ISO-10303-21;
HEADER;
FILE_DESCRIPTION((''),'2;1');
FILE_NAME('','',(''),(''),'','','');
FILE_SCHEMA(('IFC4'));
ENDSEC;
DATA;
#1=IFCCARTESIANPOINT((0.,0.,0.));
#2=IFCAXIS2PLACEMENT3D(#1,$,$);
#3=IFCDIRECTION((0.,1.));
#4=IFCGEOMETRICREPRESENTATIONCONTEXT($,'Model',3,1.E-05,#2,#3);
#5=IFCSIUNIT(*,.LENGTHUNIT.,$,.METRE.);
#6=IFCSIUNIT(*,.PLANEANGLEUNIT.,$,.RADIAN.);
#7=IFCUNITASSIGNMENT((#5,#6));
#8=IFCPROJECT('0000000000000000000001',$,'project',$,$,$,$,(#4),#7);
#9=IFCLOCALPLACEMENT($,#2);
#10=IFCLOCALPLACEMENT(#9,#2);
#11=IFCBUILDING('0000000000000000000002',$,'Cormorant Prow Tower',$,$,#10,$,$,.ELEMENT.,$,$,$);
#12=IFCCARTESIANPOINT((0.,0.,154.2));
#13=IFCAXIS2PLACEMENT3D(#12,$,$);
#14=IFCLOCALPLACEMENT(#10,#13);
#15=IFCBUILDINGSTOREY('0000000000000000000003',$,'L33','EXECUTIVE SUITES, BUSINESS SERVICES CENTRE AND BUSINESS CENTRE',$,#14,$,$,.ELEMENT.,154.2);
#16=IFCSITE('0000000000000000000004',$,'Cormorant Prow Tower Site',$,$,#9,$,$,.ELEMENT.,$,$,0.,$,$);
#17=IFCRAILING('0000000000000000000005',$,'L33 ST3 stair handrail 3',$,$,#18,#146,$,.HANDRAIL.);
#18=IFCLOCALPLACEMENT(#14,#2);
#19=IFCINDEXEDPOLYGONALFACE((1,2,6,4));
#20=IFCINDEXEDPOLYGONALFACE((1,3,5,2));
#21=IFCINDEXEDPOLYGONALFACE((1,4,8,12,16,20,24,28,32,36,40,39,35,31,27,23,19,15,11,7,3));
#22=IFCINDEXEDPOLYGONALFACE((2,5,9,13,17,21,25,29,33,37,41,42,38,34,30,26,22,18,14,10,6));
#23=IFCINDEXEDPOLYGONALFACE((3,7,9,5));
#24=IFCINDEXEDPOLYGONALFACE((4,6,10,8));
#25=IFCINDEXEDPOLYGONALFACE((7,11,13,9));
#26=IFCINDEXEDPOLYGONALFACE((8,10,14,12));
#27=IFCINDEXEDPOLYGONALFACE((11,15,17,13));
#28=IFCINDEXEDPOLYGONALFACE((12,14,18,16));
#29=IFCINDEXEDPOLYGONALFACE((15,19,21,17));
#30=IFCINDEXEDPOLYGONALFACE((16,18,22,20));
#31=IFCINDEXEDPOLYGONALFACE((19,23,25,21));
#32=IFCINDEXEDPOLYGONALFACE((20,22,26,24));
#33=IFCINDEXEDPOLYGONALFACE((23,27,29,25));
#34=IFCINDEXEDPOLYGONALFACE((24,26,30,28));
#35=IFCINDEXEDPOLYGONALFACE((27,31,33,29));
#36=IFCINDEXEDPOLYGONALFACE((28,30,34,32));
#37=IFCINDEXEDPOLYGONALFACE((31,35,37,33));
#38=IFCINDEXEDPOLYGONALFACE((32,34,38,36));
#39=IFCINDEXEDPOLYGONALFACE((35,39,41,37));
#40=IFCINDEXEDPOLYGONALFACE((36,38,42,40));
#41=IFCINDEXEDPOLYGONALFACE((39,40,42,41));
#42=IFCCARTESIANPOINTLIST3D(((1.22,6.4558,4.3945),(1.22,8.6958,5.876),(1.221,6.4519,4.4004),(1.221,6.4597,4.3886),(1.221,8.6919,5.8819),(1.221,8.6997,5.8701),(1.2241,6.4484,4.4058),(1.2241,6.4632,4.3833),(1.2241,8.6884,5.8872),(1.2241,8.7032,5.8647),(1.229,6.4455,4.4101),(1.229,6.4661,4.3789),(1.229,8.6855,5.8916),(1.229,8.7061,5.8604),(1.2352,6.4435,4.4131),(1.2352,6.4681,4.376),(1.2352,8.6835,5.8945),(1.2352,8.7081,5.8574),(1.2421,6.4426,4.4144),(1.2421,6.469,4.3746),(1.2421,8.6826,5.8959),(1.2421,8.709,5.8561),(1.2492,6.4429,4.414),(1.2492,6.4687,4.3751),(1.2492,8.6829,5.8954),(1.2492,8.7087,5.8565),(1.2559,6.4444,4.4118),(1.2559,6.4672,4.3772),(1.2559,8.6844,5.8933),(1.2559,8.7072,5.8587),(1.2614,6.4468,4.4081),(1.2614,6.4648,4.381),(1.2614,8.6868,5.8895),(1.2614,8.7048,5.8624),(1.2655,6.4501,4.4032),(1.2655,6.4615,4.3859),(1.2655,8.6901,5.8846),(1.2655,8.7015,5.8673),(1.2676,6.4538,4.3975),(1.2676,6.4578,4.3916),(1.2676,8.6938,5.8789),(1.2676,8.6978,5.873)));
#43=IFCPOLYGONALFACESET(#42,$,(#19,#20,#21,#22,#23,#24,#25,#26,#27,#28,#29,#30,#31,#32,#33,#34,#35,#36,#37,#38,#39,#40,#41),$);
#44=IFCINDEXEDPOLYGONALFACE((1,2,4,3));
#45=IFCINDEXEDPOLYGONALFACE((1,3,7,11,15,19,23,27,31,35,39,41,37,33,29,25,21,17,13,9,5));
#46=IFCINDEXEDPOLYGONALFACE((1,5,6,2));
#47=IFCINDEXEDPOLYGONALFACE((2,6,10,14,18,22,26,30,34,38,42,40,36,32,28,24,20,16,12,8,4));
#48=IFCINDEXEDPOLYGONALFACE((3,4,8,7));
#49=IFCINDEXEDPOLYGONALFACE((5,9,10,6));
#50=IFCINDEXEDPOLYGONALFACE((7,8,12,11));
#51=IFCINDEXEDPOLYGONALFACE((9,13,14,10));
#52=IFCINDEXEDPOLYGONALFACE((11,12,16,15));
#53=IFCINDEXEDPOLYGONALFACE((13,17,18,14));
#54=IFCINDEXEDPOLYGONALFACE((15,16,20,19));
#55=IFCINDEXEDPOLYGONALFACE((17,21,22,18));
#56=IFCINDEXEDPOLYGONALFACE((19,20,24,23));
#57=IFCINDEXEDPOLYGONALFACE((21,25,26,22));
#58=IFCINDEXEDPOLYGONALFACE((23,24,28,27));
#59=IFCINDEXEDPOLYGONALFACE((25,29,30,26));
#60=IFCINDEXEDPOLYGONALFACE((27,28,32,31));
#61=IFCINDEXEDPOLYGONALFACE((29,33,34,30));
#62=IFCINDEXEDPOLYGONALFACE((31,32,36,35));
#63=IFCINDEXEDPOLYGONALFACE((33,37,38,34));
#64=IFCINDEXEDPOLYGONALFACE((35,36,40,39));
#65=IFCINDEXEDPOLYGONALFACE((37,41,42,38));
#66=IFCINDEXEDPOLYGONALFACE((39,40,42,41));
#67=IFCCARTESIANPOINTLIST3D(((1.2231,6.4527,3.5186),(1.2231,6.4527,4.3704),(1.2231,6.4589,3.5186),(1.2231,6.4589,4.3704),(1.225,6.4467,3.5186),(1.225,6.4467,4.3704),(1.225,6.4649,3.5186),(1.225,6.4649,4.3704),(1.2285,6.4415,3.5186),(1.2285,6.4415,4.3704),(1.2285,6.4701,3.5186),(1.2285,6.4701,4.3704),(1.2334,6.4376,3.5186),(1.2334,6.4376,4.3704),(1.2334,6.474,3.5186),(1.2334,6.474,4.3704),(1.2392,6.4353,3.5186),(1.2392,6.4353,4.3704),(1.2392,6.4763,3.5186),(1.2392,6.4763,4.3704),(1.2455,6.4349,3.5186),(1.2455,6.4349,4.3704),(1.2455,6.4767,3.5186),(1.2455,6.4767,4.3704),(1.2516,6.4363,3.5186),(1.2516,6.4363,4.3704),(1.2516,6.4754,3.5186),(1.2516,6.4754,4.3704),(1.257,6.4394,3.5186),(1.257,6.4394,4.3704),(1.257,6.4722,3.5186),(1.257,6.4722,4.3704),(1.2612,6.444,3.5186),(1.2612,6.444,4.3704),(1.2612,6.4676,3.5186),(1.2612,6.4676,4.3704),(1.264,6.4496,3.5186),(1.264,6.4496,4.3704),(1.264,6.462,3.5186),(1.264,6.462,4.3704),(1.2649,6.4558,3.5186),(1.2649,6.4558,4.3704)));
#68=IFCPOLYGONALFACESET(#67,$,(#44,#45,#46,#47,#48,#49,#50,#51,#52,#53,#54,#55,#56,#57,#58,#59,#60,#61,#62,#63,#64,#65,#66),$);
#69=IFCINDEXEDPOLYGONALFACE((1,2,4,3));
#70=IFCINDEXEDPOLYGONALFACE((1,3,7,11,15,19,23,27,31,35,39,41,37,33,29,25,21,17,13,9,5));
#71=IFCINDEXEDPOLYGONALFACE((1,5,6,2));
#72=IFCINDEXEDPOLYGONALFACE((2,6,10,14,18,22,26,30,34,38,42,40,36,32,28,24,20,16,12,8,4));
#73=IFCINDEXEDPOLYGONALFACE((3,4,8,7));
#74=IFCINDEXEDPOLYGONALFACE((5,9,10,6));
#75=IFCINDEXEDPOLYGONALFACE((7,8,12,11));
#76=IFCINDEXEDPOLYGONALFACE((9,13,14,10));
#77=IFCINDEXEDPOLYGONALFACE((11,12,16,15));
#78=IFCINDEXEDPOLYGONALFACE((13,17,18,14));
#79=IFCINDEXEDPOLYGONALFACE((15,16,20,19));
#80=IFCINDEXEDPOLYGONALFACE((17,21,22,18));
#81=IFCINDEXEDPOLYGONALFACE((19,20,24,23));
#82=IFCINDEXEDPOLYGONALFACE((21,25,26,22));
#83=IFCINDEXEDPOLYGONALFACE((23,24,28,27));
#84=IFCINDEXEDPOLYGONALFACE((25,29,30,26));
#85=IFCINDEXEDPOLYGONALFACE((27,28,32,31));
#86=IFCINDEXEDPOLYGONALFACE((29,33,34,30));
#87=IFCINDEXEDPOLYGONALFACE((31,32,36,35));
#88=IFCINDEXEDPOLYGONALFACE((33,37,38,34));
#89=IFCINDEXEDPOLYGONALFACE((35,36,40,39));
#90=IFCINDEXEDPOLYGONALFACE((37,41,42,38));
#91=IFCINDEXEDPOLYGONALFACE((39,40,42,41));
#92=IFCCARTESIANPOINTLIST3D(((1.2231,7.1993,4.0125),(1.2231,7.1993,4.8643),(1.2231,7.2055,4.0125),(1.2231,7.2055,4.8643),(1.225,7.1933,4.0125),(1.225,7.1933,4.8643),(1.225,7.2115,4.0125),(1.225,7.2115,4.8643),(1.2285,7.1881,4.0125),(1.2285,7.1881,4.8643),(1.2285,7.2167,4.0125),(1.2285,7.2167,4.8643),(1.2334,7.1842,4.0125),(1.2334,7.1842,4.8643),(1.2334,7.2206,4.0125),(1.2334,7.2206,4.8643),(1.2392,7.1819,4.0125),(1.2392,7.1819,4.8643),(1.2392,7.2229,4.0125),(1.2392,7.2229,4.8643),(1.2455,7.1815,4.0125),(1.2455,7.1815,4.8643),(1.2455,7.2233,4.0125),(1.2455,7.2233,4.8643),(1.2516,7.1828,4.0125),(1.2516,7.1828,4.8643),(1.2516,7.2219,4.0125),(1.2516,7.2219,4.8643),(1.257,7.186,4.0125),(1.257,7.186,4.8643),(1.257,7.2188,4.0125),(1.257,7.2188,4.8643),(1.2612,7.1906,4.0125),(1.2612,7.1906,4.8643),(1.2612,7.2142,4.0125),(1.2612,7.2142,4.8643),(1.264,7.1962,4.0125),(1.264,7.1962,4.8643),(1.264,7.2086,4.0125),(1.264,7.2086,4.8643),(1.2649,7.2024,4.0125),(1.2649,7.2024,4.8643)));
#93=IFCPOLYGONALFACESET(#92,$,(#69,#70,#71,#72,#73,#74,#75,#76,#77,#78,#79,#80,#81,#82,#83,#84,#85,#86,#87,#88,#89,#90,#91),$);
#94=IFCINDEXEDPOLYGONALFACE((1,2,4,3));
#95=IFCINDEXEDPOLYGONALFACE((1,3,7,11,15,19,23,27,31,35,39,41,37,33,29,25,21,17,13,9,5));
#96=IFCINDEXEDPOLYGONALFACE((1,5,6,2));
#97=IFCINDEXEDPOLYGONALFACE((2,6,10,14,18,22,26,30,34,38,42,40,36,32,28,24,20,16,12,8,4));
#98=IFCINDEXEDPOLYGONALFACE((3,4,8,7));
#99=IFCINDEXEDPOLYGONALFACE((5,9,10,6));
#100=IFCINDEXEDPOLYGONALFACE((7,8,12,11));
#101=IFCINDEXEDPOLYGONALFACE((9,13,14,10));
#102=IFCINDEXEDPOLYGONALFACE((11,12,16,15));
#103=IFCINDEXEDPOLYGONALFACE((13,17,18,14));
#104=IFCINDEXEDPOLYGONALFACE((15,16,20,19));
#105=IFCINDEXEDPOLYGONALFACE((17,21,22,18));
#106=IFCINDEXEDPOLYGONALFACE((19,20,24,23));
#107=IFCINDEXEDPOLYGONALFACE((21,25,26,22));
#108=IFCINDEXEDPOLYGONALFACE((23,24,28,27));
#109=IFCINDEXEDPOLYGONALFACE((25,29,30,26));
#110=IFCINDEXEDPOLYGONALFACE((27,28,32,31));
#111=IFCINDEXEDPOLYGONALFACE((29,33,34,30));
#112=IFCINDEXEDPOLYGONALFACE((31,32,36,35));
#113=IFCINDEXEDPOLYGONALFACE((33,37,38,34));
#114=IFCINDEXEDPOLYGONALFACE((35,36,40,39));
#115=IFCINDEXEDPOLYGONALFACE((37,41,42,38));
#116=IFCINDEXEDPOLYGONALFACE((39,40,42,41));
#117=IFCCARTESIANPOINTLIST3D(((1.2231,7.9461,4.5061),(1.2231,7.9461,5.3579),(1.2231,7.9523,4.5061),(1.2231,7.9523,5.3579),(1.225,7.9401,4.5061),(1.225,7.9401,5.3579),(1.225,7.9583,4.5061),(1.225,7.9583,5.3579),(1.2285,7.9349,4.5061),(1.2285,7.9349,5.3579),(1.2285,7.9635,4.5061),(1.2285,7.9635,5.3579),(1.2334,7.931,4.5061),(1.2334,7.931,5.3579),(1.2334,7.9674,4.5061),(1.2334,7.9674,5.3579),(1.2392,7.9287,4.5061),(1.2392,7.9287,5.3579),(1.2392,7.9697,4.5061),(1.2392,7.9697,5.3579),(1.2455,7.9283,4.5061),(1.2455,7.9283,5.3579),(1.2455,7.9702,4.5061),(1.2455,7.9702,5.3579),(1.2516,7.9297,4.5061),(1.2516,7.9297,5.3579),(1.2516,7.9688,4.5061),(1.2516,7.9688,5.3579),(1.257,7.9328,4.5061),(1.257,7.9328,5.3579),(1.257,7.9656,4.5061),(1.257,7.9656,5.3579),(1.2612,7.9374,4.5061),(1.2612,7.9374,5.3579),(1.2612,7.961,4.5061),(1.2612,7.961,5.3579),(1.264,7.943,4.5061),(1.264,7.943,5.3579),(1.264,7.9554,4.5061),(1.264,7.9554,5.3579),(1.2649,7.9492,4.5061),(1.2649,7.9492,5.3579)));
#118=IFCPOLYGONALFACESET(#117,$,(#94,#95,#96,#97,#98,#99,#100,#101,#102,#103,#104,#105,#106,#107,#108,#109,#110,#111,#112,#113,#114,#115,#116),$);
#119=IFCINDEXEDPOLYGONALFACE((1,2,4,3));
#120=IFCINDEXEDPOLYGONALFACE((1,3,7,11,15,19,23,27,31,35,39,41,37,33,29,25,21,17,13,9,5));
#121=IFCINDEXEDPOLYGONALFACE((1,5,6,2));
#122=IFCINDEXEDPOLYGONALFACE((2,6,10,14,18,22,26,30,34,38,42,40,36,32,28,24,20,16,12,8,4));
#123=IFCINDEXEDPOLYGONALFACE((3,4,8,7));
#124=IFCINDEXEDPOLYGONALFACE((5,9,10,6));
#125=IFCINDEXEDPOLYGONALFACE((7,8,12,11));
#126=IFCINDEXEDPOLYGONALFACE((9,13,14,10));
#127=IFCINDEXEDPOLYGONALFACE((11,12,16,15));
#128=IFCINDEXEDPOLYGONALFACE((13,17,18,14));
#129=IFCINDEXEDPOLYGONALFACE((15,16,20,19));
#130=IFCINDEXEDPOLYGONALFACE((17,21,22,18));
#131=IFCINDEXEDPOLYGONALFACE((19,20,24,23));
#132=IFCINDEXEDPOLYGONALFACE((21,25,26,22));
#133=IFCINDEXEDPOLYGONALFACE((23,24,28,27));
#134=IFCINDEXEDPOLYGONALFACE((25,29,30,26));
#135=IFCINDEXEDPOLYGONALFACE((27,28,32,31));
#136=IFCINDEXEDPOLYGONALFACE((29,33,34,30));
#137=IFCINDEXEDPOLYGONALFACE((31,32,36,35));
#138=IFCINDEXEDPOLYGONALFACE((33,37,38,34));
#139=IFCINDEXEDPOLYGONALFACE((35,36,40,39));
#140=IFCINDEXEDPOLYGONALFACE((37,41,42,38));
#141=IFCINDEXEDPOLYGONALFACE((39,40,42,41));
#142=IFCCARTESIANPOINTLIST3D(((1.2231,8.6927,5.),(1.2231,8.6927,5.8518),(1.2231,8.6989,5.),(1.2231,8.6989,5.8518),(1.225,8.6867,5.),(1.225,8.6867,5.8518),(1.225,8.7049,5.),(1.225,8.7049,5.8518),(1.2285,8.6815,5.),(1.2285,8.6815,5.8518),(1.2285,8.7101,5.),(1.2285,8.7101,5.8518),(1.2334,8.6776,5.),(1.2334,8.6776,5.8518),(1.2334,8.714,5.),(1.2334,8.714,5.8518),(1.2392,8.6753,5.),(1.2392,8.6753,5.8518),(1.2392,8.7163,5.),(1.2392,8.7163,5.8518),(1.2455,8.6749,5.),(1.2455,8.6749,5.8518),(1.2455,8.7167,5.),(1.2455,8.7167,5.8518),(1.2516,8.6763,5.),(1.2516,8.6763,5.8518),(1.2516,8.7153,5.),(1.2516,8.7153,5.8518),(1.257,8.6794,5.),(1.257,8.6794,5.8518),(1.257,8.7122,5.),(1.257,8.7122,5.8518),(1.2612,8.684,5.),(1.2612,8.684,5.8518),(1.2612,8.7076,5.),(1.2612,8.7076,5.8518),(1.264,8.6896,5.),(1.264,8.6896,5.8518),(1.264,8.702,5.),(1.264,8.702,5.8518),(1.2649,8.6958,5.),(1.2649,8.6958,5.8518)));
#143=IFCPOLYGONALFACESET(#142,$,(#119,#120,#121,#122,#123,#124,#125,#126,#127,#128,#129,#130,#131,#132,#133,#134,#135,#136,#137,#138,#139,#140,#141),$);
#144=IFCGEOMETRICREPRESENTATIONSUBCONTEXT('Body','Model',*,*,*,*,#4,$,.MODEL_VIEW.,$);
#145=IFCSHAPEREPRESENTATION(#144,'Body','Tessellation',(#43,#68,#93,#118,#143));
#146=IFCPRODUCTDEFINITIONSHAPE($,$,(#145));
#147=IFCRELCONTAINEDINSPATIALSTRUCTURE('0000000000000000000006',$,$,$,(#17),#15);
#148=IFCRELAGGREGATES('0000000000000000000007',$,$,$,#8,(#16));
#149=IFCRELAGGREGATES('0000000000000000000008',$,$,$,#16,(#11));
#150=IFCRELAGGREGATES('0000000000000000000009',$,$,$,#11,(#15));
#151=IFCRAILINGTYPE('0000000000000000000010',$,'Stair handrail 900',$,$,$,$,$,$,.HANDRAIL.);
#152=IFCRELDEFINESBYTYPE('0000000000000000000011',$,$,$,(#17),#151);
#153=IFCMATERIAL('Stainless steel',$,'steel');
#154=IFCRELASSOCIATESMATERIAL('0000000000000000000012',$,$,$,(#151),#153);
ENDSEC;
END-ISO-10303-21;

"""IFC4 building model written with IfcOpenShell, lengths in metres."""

from ifc_helpers import new_model, si_unit, direction, frame, origin, origin_2d, place, context, subcontext, project, spatial, circle, extrude, material, type_object, element, save


model = new_model("IFC4")

# Units and contexts
model_context = context("Model", 3, precision=1e-05, world=origin(), true_north=direction((0.0, 1.0)))
body_context = subcontext(model_context, "Body", "Model", "MODEL_VIEW")
ifc_project = project(units=[si_unit("LENGTHUNIT", "METRE"), si_unit("PLANEANGLEUNIT", "RADIAN")], contexts=[model_context])

# Site, building, storey
site_placement = place(None, origin())
site = spatial("IfcSite", under=ifc_project, at=site_placement, Name="Cormorant Prow Tower Site", CompositionType="ELEMENT", RefElevation=0.0)
building_placement = place(site_placement, origin())
building = spatial("IfcBuilding", under=site, at=building_placement, Name="Cormorant Prow Tower", CompositionType="ELEMENT")
storey_placement = place(building_placement, frame((0.0, 0.0, 154.2)))
storey = spatial("IfcBuildingStorey", under=building, at=storey_placement, Name="L33", Description="EXECUTIVE SUITES, BUSINESS SERVICES CENTRE AND BUSINESS CENTRE", CompositionType="ELEMENT", Elevation=154.2)

# Railing
ifc_material_1 = material(Name="Stainless steel", Category="steel")
railing_type_1 = type_object("IfcRailingType", Name="Stair handrail 900", PredefinedType="HANDRAIL", material=ifc_material_1)
for number, where, name in (
    (1, (1.2439, 6.4558, 3.5186), "L33 ST3 stair handrail 3"),
):
    element("IfcRailing", number, at=place(storey_placement, frame(where)), inside=storey, type_object=railing_type_1, Name=name, PredefinedType="HANDRAIL", context=body_context, shape_type="SweptSolid", body=[
        extrude(circle(Radius=0.0239, at=origin_2d()), frame((0.0, 0.0, 0.876), z_axis=(0.0, 0.834087, 0.551634), x_axis=(-1.0, 0.0, 0.0)), (0.0, 0.0, 1.0), 2.6855),
        extrude(circle(Radius=0.021, at=origin_2d()), origin(), (0.0, 0.0, 1.0), 0.8518),
        extrude(circle(Radius=0.021, at=origin_2d()), frame((0.0, 0.7466, 0.4939)), (0.0, 0.0, 1.0), 0.8518),
        extrude(circle(Radius=0.021, at=origin_2d()), frame((0.0, 1.4934, 0.9875)), (0.0, 0.0, 1.0), 0.8518),
        extrude(circle(Radius=0.021, at=origin_2d()), frame((0.0, 2.24, 1.4814)), (0.0, 0.0, 1.0), 0.8518),
    ])

save(model, "model.ifc")
